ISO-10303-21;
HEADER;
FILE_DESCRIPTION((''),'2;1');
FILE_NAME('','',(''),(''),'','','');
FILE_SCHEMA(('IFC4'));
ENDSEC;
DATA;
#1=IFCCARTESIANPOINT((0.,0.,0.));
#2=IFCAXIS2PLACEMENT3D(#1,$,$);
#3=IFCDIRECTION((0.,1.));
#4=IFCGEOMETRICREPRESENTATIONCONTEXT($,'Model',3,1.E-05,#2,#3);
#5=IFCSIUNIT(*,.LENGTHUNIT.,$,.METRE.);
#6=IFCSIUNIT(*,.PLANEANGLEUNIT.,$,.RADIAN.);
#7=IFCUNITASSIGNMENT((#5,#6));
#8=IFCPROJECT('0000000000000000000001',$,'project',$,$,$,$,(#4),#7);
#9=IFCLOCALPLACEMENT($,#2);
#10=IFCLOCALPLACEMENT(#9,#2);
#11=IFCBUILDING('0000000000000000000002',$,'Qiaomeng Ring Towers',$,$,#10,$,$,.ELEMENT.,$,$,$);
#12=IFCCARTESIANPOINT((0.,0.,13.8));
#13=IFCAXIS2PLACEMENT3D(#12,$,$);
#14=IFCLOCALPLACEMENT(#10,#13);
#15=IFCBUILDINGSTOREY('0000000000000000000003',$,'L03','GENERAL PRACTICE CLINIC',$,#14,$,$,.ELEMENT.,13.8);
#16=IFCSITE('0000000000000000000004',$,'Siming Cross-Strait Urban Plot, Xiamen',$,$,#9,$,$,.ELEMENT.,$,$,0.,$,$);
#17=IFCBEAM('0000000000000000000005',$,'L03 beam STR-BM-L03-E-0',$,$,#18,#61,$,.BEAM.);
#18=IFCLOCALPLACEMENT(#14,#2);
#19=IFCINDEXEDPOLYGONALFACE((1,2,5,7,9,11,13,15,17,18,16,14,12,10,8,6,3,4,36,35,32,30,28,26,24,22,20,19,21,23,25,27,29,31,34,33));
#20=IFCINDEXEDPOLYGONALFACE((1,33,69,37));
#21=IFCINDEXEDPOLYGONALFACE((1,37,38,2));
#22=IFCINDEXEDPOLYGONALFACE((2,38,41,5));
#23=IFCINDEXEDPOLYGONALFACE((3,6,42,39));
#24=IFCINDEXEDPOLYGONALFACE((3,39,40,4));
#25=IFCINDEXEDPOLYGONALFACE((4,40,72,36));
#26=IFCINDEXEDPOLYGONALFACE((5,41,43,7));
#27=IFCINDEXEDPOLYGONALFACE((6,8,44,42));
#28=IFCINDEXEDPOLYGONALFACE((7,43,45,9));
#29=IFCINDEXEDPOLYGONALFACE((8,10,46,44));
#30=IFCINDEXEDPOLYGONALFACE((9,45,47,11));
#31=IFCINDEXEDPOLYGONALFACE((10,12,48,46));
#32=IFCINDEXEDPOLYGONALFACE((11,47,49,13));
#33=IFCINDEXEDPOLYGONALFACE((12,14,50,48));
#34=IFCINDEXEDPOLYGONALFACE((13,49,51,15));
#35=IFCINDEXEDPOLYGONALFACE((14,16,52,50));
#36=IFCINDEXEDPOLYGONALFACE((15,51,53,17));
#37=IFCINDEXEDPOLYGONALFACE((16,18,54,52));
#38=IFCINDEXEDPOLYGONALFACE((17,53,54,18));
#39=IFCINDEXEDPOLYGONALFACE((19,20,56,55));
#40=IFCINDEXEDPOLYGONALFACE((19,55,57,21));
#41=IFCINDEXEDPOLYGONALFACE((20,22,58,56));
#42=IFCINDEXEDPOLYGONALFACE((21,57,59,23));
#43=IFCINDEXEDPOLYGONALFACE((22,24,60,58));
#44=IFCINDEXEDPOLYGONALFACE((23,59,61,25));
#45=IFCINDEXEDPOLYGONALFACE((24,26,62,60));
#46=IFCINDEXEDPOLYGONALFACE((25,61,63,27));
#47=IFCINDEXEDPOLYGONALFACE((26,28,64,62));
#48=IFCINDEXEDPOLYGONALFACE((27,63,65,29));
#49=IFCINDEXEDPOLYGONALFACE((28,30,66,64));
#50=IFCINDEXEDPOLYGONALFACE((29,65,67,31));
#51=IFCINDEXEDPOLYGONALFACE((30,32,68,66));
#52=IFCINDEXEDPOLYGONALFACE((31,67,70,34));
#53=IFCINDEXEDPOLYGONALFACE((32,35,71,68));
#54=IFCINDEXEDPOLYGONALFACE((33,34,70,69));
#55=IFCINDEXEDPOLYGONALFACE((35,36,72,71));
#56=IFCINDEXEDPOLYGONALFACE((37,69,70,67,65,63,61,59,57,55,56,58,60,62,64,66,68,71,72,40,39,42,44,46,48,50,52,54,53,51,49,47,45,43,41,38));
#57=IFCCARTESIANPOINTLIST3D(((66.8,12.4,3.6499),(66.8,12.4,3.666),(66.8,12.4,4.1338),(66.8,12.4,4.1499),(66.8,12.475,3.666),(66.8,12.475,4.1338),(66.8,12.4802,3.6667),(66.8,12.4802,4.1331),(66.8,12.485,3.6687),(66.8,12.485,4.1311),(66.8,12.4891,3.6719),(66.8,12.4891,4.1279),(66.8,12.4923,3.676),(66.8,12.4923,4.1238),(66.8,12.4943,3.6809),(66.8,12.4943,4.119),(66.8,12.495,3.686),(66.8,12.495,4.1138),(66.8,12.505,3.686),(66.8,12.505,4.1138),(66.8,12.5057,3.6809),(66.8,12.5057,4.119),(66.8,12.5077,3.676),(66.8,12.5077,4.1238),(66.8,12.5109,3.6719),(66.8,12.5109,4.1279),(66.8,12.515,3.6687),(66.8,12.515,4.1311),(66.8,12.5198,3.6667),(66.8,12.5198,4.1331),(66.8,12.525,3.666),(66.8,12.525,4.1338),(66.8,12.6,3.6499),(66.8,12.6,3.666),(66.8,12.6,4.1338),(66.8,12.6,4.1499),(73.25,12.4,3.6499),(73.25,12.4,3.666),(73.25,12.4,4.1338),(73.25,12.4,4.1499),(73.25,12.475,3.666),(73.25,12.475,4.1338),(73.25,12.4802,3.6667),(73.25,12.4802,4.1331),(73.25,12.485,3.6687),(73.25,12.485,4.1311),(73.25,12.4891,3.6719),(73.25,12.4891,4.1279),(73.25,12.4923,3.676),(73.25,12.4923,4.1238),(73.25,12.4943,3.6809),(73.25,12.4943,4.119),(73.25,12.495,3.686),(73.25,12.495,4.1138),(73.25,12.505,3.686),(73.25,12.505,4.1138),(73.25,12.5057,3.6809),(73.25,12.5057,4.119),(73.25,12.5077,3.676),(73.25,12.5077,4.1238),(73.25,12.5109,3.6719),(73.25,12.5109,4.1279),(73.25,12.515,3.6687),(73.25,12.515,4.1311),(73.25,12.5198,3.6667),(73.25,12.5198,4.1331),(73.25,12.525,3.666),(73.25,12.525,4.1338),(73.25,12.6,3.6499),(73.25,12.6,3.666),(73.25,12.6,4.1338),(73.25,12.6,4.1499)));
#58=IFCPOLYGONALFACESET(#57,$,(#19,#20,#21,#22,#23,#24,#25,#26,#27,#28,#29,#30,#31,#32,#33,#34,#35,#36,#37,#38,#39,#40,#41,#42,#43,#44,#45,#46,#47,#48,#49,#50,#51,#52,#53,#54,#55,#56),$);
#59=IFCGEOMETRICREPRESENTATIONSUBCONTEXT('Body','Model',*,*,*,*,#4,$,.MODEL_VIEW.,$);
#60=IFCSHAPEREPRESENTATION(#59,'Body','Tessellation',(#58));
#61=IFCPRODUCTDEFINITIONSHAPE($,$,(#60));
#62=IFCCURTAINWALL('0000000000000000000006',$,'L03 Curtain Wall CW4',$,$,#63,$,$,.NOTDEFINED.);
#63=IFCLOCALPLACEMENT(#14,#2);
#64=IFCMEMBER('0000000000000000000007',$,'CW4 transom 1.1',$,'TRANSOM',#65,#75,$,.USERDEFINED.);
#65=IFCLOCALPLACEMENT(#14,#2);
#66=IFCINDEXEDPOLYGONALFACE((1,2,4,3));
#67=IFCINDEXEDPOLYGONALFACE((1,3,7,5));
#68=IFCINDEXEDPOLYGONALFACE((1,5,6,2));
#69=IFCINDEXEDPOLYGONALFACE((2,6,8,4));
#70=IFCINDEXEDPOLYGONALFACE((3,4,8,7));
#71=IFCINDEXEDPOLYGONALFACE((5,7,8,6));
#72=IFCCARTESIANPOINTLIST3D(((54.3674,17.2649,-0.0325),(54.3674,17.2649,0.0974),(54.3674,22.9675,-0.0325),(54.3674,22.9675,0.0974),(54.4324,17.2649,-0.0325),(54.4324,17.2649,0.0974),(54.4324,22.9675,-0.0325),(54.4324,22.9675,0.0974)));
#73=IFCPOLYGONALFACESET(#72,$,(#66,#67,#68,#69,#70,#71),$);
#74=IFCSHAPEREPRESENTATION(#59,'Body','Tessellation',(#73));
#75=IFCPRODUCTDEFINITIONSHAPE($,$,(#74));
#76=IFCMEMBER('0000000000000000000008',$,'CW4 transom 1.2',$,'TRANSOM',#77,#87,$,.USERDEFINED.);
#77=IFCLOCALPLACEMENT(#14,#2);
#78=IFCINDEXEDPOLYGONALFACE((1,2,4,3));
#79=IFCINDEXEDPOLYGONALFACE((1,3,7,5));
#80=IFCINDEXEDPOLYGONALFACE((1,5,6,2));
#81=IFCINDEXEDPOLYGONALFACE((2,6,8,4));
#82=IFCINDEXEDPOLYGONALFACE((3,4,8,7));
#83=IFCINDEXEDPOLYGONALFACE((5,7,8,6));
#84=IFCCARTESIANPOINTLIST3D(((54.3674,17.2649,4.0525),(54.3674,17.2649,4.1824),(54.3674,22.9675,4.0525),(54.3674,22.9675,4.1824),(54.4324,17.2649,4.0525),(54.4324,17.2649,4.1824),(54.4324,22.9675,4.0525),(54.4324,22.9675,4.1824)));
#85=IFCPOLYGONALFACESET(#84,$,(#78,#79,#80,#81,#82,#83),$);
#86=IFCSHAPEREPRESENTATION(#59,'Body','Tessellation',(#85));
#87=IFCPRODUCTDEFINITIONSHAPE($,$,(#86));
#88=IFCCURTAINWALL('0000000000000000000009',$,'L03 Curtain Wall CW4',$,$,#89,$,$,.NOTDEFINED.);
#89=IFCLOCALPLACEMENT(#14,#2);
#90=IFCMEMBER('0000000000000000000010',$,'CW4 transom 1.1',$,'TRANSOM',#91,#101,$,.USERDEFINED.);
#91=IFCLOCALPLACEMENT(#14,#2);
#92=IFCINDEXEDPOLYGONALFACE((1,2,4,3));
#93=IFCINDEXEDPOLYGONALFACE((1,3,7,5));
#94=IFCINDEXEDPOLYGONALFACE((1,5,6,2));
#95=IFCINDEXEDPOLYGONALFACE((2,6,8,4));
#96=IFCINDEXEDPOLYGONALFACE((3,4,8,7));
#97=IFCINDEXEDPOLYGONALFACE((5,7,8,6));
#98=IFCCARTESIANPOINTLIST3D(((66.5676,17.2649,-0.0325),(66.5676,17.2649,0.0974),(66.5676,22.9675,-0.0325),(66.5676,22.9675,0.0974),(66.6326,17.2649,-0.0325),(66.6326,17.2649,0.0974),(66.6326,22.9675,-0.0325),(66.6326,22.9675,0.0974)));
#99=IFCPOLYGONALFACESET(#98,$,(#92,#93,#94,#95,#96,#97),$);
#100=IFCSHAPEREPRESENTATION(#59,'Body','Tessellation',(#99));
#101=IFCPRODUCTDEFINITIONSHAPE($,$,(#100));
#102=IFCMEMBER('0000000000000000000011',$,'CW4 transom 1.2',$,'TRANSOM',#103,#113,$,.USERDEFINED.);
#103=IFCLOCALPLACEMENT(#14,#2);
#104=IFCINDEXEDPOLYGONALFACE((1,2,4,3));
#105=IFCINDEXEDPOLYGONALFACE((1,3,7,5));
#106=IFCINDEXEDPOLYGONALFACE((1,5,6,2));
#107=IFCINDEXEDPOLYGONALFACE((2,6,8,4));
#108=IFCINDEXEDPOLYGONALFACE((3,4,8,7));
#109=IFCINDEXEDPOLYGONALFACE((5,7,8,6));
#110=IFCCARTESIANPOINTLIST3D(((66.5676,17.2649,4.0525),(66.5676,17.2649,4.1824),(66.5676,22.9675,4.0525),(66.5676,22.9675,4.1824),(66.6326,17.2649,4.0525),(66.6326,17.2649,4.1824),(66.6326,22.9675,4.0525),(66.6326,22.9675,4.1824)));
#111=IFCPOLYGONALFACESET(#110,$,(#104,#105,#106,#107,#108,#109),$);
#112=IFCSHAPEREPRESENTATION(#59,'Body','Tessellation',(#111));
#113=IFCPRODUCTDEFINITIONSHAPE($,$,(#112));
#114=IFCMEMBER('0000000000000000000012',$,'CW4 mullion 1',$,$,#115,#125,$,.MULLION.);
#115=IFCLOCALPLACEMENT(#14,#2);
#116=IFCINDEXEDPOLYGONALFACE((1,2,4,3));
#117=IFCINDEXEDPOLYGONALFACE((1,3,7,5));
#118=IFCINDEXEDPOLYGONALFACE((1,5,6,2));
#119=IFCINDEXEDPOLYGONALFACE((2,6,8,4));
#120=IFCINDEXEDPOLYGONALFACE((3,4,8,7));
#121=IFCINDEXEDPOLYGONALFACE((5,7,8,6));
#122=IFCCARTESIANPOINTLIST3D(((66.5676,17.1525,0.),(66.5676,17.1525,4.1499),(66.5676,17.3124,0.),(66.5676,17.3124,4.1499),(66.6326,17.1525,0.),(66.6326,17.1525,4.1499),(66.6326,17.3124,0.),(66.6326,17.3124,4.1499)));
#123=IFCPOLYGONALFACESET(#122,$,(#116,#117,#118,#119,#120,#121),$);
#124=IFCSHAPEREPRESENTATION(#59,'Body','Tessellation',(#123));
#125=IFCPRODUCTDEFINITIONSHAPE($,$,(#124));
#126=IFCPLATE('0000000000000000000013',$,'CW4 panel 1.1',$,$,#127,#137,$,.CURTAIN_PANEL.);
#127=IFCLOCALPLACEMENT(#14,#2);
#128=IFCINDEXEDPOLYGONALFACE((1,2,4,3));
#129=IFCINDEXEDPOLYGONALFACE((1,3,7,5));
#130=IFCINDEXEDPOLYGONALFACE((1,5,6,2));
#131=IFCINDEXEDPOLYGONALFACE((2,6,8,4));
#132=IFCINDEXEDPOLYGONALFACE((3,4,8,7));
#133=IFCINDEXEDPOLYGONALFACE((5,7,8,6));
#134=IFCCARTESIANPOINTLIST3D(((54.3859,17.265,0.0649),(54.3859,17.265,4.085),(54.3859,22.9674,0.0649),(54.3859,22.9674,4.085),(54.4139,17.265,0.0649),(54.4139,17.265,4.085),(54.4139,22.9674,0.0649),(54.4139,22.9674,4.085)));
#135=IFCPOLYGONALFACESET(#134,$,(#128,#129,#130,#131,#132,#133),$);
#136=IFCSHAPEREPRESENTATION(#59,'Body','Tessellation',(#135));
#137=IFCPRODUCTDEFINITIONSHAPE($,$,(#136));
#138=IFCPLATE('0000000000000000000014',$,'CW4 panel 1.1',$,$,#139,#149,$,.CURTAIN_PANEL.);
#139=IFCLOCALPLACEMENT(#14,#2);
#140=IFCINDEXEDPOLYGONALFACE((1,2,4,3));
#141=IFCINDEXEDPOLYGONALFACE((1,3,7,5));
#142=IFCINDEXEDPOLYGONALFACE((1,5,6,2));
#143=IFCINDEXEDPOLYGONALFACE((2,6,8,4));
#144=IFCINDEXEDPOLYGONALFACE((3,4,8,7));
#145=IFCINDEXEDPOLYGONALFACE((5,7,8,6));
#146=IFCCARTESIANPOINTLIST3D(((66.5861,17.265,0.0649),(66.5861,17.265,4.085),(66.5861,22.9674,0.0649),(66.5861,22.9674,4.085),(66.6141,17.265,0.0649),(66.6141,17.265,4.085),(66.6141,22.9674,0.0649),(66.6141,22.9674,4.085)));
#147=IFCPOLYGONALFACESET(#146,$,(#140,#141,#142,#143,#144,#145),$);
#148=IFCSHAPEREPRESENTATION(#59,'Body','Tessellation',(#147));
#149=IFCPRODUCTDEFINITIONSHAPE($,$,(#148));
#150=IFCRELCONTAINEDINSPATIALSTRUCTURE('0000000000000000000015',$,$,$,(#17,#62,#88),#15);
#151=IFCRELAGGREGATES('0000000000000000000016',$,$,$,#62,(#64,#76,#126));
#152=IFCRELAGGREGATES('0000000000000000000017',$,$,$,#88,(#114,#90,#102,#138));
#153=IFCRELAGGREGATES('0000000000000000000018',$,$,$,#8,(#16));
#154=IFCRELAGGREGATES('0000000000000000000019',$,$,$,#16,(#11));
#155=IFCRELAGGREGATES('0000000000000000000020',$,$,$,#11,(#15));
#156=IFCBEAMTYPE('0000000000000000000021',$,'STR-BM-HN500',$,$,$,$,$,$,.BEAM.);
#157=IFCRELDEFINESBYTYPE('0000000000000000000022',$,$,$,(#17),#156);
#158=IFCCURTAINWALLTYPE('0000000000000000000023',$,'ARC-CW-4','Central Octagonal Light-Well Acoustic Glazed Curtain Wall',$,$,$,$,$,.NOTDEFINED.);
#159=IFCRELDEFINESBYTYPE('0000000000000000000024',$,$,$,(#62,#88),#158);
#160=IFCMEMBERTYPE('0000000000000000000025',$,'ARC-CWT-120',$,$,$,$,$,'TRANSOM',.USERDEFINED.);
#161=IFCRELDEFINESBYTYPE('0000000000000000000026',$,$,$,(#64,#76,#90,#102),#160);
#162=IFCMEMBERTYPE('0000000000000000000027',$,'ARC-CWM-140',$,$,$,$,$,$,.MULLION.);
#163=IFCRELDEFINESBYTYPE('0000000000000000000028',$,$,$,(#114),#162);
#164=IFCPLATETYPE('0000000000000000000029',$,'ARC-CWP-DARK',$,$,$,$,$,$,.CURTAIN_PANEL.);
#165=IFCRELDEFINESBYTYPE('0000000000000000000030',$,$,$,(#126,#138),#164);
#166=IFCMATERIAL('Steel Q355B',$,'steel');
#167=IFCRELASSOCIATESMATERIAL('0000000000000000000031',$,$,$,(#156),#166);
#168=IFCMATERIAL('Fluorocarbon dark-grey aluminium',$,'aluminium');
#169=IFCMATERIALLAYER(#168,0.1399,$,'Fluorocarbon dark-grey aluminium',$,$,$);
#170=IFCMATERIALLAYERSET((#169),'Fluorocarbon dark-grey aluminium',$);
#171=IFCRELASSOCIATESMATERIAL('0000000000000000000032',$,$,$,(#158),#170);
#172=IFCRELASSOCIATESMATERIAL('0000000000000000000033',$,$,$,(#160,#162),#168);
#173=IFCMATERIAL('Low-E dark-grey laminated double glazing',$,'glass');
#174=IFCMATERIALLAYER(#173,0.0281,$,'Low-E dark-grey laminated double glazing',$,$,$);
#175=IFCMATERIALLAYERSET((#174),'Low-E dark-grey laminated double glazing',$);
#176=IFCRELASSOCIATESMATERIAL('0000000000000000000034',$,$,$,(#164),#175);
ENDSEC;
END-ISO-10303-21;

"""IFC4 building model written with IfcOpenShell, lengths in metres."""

from ifc_helpers import new_model, si_unit, direction, frame, origin, origin_2d, place, context, subcontext, project, spatial, rectangle, i_section, extrude, source, transform, mapped, material, layer, layer_set, material_profile, profile_set, type_object, element, aggregate, save


model = new_model("IFC4")

# Units and contexts
model_context = context("Model", 3, precision=1e-05, world=origin(), true_north=direction((0.0, 1.0)))
body_context = subcontext(model_context, "Body", "Model", "MODEL_VIEW")
ifc_project = project(units=[si_unit("LENGTHUNIT", "METRE"), si_unit("PLANEANGLEUNIT", "RADIAN")], contexts=[model_context])

# Site, building, storey
site_placement = place(None, origin())
site = spatial("IfcSite", under=ifc_project, at=site_placement, Name="Siming Cross-Strait Urban Plot, Xiamen", CompositionType="ELEMENT", RefElevation=0.0)
building_placement = place(site_placement, origin())
building = spatial("IfcBuilding", under=site, at=building_placement, Name="Qiaomeng Ring Towers", CompositionType="ELEMENT")
storey_placement = place(building_placement, frame((0.0, 0.0, 13.8)))
storey = spatial("IfcBuildingStorey", under=building, at=storey_placement, Name="L03", Description="GENERAL PRACTICE CLINIC", CompositionType="ELEMENT", Elevation=13.8)

# Beam
ifc_material_1 = material(Name="Steel Q355B", Category="steel")
ifc_material_profile_1 = material_profile(ifc_material_1, i_section(OverallWidth=0.2, OverallDepth=0.5, WebThickness=0.01, FlangeThickness=0.0161, FilletRadius=0.02, at=origin_2d()), Name="HN 500x200x10x16")
ifc_profile_set_1 = profile_set([ifc_material_profile_1], Name="Steel Q355B")
beam_type = type_object("IfcBeamType", Name="STR-BM-HN500", PredefinedType="BEAM", material=ifc_profile_set_1)
shared_shape_1 = source(origin(), body_context, "Body", "SweptSolid", [
    extrude(i_section(OverallWidth=0.2, OverallDepth=0.5, WebThickness=0.01, FlangeThickness=0.0161, FilletRadius=0.02, at=origin_2d()), origin(), (0.0, 0.0, 1.0), 6.45),
])
beam_placement = place(storey_placement, frame((66.8, 12.5, 3.8999), z_axis=(1.0, 0.0, 0.0), x_axis=(0.0, 1.0, 0.0)))
element("IfcBeam", 1, at=beam_placement, inside=storey, type_object=beam_type, Name="L03 beam STR-BM-L03-E-0", PredefinedType="BEAM", context=body_context, shape_type="MappedRepresentation", body=[
    mapped(shared_shape_1, transform((0.0, 0.0, 0.0), x_axis=(1.0, 0.0, 0.0), y_axis=(0.0, 1.0, 0.0), z_axis=(0.0, 0.0, 1.0), scale=1.0)),
])

# Curtain walls, members
ifc_material_2 = material(Name="Fluorocarbon dark-grey aluminium", Category="aluminium")
ifc_layer_1 = layer(ifc_material_2, 0.1399, Name="Fluorocarbon dark-grey aluminium")
ifc_layer_set_1 = layer_set([ifc_layer_1], Name="Fluorocarbon dark-grey aluminium")
curtain_wall_type = type_object("IfcCurtainWallType", Name="ARC-CW-4", Description="Central Octagonal Light-Well Acoustic Glazed Curtain Wall", PredefinedType="NOTDEFINED", material=ifc_layer_set_1)
curtain_wall_1_placement = place(storey_placement, origin())
curtain_wall_1 = element("IfcCurtainWall", 2, at=curtain_wall_1_placement, inside=storey, type_object=curtain_wall_type, Name="L03 Curtain Wall CW4", PredefinedType="NOTDEFINED")
ifc_material_profile_2 = material_profile(ifc_material_2, rectangle(XDim=0.0649, YDim=0.1299, at=origin_2d()), Name="ALU TRAN 65x130")
ifc_profile_set_2 = profile_set([ifc_material_profile_2], Name="Fluorocarbon dark-grey aluminium")
member_type_1 = type_object("IfcMemberType", Name="ARC-CWT-120", ElementType="TRANSOM", PredefinedType="USERDEFINED", material=ifc_profile_set_2)
shared_shape_2 = source(origin(), body_context, "Body", "SweptSolid", [
    extrude(rectangle(XDim=0.0649, YDim=0.1299, at=origin_2d()), origin(), (0.0, 0.0, 1.0), 5.7026),
])
member_1_placement = place(storey_placement, frame((54.3999, 17.2649, 0.0325), z_axis=(0.0, 1.0, 0.0), x_axis=(-1.0, 0.0, 0.0)))
member_1 = element("IfcMember", 3, at=member_1_placement, type_object=member_type_1, Name="CW4 transom 1.1", ObjectType="TRANSOM", PredefinedType="USERDEFINED", context=body_context, shape_type="MappedRepresentation", body=[
    mapped(shared_shape_2, transform((0.0, 0.0, 0.0), x_axis=(1.0, 0.0, 0.0), y_axis=(0.0, 1.0, 0.0), z_axis=(0.0, 0.0, 1.0), scale=1.0)),
])
member_2_placement = place(storey_placement, frame((54.3999, 17.2649, 4.1174), z_axis=(0.0, 1.0, 0.0), x_axis=(-1.0, 0.0, 0.0)))
member_2 = element("IfcMember", 4, at=member_2_placement, type_object=member_type_1, Name="CW4 transom 1.2", ObjectType="TRANSOM", PredefinedType="USERDEFINED", context=body_context, shape_type="MappedRepresentation", body=[
    mapped(shared_shape_2, transform((0.0, 0.0, 0.0), x_axis=(1.0, 0.0, 0.0), y_axis=(0.0, 1.0, 0.0), z_axis=(0.0, 0.0, 1.0), scale=1.0)),
])
curtain_wall_2_placement = place(storey_placement, origin())
curtain_wall_2 = element("IfcCurtainWall", 5, at=curtain_wall_2_placement, inside=storey, type_object=curtain_wall_type, Name="L03 Curtain Wall CW4", PredefinedType="NOTDEFINED")
member_3_placement = place(storey_placement, frame((66.6001, 17.2649, 0.0325), z_axis=(0.0, 1.0, 0.0), x_axis=(-1.0, 0.0, 0.0)))
member_3 = element("IfcMember", 6, at=member_3_placement, type_object=member_type_1, Name="CW4 transom 1.1", ObjectType="TRANSOM", PredefinedType="USERDEFINED", context=body_context, shape_type="MappedRepresentation", body=[
    mapped(shared_shape_2, transform((0.0, 0.0, 0.0), x_axis=(1.0, 0.0, 0.0), y_axis=(0.0, 1.0, 0.0), z_axis=(0.0, 0.0, 1.0), scale=1.0)),
])
member_4_placement = place(storey_placement, frame((66.6001, 17.2649, 4.1174), z_axis=(0.0, 1.0, 0.0), x_axis=(-1.0, 0.0, 0.0)))
member_4 = element("IfcMember", 7, at=member_4_placement, type_object=member_type_1, Name="CW4 transom 1.2", ObjectType="TRANSOM", PredefinedType="USERDEFINED", context=body_context, shape_type="MappedRepresentation", body=[
    mapped(shared_shape_2, transform((0.0, 0.0, 0.0), x_axis=(1.0, 0.0, 0.0), y_axis=(0.0, 1.0, 0.0), z_axis=(0.0, 0.0, 1.0), scale=1.0)),
])
ifc_material_profile_3 = material_profile(ifc_material_2, rectangle(XDim=0.0649, YDim=0.1599, at=origin_2d()), Name="ALU MULL 65x160")
ifc_profile_set_3 = profile_set([ifc_material_profile_3], Name="Fluorocarbon dark-grey aluminium")
member_type_2 = type_object("IfcMemberType", Name="ARC-CWM-140", PredefinedType="MULLION", material=ifc_profile_set_3)
shared_shape_3 = source(origin(), body_context, "Body", "SweptSolid", [
    extrude(rectangle(XDim=0.0649, YDim=0.1599, at=origin_2d()), origin(), (0.0, 0.0, 1.0), 4.1499),
])
member_5_placement = place(storey_placement, frame((66.6001, 17.2324, 0.0), z_axis=(0.0, 0.0, 1.0), x_axis=(-1.0, 0.0, 0.0)))
member_5 = element("IfcMember", 8, at=member_5_placement, type_object=member_type_2, Name="CW4 mullion 1", PredefinedType="MULLION", context=body_context, shape_type="MappedRepresentation", body=[
    mapped(shared_shape_3, transform((0.0, 0.0, 0.0), x_axis=(1.0, 0.0, 0.0), y_axis=(0.0, 1.0, 0.0), z_axis=(0.0, 0.0, 1.0), scale=1.0)),
])

# Plates
ifc_material_3 = material(Name="Low-E dark-grey laminated double glazing", Category="glass")
ifc_layer_2 = layer(ifc_material_3, 0.0281, Name="Low-E dark-grey laminated double glazing")
ifc_layer_set_2 = layer_set([ifc_layer_2], Name="Low-E dark-grey laminated double glazing")
plate_type = type_object("IfcPlateType", Name="ARC-CWP-DARK", PredefinedType="CURTAIN_PANEL", material=ifc_layer_set_2)
shared_shape_4 = source(origin(), body_context, "Body", "SweptSolid", [
    extrude(rectangle(XDim=5.7024, YDim=0.0281, at=origin_2d()), origin(), (0.0, 0.0, 1.0), 4.02),
])
plate_1_placement = place(storey_placement, frame((54.3999, 20.1162, 0.0649), z_axis=(0.0, 0.0, 1.0), x_axis=(0.0, 1.0, 0.0)))
plate_1 = element("IfcPlate", 9, at=plate_1_placement, type_object=plate_type, Name="CW4 panel 1.1", PredefinedType="CURTAIN_PANEL", context=body_context, shape_type="MappedRepresentation", body=[
    mapped(shared_shape_4, transform((0.0, 0.0, 0.0), x_axis=(1.0, 0.0, 0.0), y_axis=(0.0, 1.0, 0.0), z_axis=(0.0, 0.0, 1.0), scale=1.0)),
])
aggregate(curtain_wall_1, [member_1, member_2, plate_1])
plate_2_placement = place(storey_placement, frame((66.6001, 20.1162, 0.0649), z_axis=(0.0, 0.0, 1.0), x_axis=(0.0, 1.0, 0.0)))
plate_2 = element("IfcPlate", 10, at=plate_2_placement, type_object=plate_type, Name="CW4 panel 1.1", PredefinedType="CURTAIN_PANEL", context=body_context, shape_type="MappedRepresentation", body=[
    mapped(shared_shape_4, transform((0.0, 0.0, 0.0), x_axis=(1.0, 0.0, 0.0), y_axis=(0.0, 1.0, 0.0), z_axis=(0.0, 0.0, 1.0), scale=1.0)),
])
aggregate(curtain_wall_2, [member_5, member_3, member_4, plate_2])

save(model, "model.ifc")
